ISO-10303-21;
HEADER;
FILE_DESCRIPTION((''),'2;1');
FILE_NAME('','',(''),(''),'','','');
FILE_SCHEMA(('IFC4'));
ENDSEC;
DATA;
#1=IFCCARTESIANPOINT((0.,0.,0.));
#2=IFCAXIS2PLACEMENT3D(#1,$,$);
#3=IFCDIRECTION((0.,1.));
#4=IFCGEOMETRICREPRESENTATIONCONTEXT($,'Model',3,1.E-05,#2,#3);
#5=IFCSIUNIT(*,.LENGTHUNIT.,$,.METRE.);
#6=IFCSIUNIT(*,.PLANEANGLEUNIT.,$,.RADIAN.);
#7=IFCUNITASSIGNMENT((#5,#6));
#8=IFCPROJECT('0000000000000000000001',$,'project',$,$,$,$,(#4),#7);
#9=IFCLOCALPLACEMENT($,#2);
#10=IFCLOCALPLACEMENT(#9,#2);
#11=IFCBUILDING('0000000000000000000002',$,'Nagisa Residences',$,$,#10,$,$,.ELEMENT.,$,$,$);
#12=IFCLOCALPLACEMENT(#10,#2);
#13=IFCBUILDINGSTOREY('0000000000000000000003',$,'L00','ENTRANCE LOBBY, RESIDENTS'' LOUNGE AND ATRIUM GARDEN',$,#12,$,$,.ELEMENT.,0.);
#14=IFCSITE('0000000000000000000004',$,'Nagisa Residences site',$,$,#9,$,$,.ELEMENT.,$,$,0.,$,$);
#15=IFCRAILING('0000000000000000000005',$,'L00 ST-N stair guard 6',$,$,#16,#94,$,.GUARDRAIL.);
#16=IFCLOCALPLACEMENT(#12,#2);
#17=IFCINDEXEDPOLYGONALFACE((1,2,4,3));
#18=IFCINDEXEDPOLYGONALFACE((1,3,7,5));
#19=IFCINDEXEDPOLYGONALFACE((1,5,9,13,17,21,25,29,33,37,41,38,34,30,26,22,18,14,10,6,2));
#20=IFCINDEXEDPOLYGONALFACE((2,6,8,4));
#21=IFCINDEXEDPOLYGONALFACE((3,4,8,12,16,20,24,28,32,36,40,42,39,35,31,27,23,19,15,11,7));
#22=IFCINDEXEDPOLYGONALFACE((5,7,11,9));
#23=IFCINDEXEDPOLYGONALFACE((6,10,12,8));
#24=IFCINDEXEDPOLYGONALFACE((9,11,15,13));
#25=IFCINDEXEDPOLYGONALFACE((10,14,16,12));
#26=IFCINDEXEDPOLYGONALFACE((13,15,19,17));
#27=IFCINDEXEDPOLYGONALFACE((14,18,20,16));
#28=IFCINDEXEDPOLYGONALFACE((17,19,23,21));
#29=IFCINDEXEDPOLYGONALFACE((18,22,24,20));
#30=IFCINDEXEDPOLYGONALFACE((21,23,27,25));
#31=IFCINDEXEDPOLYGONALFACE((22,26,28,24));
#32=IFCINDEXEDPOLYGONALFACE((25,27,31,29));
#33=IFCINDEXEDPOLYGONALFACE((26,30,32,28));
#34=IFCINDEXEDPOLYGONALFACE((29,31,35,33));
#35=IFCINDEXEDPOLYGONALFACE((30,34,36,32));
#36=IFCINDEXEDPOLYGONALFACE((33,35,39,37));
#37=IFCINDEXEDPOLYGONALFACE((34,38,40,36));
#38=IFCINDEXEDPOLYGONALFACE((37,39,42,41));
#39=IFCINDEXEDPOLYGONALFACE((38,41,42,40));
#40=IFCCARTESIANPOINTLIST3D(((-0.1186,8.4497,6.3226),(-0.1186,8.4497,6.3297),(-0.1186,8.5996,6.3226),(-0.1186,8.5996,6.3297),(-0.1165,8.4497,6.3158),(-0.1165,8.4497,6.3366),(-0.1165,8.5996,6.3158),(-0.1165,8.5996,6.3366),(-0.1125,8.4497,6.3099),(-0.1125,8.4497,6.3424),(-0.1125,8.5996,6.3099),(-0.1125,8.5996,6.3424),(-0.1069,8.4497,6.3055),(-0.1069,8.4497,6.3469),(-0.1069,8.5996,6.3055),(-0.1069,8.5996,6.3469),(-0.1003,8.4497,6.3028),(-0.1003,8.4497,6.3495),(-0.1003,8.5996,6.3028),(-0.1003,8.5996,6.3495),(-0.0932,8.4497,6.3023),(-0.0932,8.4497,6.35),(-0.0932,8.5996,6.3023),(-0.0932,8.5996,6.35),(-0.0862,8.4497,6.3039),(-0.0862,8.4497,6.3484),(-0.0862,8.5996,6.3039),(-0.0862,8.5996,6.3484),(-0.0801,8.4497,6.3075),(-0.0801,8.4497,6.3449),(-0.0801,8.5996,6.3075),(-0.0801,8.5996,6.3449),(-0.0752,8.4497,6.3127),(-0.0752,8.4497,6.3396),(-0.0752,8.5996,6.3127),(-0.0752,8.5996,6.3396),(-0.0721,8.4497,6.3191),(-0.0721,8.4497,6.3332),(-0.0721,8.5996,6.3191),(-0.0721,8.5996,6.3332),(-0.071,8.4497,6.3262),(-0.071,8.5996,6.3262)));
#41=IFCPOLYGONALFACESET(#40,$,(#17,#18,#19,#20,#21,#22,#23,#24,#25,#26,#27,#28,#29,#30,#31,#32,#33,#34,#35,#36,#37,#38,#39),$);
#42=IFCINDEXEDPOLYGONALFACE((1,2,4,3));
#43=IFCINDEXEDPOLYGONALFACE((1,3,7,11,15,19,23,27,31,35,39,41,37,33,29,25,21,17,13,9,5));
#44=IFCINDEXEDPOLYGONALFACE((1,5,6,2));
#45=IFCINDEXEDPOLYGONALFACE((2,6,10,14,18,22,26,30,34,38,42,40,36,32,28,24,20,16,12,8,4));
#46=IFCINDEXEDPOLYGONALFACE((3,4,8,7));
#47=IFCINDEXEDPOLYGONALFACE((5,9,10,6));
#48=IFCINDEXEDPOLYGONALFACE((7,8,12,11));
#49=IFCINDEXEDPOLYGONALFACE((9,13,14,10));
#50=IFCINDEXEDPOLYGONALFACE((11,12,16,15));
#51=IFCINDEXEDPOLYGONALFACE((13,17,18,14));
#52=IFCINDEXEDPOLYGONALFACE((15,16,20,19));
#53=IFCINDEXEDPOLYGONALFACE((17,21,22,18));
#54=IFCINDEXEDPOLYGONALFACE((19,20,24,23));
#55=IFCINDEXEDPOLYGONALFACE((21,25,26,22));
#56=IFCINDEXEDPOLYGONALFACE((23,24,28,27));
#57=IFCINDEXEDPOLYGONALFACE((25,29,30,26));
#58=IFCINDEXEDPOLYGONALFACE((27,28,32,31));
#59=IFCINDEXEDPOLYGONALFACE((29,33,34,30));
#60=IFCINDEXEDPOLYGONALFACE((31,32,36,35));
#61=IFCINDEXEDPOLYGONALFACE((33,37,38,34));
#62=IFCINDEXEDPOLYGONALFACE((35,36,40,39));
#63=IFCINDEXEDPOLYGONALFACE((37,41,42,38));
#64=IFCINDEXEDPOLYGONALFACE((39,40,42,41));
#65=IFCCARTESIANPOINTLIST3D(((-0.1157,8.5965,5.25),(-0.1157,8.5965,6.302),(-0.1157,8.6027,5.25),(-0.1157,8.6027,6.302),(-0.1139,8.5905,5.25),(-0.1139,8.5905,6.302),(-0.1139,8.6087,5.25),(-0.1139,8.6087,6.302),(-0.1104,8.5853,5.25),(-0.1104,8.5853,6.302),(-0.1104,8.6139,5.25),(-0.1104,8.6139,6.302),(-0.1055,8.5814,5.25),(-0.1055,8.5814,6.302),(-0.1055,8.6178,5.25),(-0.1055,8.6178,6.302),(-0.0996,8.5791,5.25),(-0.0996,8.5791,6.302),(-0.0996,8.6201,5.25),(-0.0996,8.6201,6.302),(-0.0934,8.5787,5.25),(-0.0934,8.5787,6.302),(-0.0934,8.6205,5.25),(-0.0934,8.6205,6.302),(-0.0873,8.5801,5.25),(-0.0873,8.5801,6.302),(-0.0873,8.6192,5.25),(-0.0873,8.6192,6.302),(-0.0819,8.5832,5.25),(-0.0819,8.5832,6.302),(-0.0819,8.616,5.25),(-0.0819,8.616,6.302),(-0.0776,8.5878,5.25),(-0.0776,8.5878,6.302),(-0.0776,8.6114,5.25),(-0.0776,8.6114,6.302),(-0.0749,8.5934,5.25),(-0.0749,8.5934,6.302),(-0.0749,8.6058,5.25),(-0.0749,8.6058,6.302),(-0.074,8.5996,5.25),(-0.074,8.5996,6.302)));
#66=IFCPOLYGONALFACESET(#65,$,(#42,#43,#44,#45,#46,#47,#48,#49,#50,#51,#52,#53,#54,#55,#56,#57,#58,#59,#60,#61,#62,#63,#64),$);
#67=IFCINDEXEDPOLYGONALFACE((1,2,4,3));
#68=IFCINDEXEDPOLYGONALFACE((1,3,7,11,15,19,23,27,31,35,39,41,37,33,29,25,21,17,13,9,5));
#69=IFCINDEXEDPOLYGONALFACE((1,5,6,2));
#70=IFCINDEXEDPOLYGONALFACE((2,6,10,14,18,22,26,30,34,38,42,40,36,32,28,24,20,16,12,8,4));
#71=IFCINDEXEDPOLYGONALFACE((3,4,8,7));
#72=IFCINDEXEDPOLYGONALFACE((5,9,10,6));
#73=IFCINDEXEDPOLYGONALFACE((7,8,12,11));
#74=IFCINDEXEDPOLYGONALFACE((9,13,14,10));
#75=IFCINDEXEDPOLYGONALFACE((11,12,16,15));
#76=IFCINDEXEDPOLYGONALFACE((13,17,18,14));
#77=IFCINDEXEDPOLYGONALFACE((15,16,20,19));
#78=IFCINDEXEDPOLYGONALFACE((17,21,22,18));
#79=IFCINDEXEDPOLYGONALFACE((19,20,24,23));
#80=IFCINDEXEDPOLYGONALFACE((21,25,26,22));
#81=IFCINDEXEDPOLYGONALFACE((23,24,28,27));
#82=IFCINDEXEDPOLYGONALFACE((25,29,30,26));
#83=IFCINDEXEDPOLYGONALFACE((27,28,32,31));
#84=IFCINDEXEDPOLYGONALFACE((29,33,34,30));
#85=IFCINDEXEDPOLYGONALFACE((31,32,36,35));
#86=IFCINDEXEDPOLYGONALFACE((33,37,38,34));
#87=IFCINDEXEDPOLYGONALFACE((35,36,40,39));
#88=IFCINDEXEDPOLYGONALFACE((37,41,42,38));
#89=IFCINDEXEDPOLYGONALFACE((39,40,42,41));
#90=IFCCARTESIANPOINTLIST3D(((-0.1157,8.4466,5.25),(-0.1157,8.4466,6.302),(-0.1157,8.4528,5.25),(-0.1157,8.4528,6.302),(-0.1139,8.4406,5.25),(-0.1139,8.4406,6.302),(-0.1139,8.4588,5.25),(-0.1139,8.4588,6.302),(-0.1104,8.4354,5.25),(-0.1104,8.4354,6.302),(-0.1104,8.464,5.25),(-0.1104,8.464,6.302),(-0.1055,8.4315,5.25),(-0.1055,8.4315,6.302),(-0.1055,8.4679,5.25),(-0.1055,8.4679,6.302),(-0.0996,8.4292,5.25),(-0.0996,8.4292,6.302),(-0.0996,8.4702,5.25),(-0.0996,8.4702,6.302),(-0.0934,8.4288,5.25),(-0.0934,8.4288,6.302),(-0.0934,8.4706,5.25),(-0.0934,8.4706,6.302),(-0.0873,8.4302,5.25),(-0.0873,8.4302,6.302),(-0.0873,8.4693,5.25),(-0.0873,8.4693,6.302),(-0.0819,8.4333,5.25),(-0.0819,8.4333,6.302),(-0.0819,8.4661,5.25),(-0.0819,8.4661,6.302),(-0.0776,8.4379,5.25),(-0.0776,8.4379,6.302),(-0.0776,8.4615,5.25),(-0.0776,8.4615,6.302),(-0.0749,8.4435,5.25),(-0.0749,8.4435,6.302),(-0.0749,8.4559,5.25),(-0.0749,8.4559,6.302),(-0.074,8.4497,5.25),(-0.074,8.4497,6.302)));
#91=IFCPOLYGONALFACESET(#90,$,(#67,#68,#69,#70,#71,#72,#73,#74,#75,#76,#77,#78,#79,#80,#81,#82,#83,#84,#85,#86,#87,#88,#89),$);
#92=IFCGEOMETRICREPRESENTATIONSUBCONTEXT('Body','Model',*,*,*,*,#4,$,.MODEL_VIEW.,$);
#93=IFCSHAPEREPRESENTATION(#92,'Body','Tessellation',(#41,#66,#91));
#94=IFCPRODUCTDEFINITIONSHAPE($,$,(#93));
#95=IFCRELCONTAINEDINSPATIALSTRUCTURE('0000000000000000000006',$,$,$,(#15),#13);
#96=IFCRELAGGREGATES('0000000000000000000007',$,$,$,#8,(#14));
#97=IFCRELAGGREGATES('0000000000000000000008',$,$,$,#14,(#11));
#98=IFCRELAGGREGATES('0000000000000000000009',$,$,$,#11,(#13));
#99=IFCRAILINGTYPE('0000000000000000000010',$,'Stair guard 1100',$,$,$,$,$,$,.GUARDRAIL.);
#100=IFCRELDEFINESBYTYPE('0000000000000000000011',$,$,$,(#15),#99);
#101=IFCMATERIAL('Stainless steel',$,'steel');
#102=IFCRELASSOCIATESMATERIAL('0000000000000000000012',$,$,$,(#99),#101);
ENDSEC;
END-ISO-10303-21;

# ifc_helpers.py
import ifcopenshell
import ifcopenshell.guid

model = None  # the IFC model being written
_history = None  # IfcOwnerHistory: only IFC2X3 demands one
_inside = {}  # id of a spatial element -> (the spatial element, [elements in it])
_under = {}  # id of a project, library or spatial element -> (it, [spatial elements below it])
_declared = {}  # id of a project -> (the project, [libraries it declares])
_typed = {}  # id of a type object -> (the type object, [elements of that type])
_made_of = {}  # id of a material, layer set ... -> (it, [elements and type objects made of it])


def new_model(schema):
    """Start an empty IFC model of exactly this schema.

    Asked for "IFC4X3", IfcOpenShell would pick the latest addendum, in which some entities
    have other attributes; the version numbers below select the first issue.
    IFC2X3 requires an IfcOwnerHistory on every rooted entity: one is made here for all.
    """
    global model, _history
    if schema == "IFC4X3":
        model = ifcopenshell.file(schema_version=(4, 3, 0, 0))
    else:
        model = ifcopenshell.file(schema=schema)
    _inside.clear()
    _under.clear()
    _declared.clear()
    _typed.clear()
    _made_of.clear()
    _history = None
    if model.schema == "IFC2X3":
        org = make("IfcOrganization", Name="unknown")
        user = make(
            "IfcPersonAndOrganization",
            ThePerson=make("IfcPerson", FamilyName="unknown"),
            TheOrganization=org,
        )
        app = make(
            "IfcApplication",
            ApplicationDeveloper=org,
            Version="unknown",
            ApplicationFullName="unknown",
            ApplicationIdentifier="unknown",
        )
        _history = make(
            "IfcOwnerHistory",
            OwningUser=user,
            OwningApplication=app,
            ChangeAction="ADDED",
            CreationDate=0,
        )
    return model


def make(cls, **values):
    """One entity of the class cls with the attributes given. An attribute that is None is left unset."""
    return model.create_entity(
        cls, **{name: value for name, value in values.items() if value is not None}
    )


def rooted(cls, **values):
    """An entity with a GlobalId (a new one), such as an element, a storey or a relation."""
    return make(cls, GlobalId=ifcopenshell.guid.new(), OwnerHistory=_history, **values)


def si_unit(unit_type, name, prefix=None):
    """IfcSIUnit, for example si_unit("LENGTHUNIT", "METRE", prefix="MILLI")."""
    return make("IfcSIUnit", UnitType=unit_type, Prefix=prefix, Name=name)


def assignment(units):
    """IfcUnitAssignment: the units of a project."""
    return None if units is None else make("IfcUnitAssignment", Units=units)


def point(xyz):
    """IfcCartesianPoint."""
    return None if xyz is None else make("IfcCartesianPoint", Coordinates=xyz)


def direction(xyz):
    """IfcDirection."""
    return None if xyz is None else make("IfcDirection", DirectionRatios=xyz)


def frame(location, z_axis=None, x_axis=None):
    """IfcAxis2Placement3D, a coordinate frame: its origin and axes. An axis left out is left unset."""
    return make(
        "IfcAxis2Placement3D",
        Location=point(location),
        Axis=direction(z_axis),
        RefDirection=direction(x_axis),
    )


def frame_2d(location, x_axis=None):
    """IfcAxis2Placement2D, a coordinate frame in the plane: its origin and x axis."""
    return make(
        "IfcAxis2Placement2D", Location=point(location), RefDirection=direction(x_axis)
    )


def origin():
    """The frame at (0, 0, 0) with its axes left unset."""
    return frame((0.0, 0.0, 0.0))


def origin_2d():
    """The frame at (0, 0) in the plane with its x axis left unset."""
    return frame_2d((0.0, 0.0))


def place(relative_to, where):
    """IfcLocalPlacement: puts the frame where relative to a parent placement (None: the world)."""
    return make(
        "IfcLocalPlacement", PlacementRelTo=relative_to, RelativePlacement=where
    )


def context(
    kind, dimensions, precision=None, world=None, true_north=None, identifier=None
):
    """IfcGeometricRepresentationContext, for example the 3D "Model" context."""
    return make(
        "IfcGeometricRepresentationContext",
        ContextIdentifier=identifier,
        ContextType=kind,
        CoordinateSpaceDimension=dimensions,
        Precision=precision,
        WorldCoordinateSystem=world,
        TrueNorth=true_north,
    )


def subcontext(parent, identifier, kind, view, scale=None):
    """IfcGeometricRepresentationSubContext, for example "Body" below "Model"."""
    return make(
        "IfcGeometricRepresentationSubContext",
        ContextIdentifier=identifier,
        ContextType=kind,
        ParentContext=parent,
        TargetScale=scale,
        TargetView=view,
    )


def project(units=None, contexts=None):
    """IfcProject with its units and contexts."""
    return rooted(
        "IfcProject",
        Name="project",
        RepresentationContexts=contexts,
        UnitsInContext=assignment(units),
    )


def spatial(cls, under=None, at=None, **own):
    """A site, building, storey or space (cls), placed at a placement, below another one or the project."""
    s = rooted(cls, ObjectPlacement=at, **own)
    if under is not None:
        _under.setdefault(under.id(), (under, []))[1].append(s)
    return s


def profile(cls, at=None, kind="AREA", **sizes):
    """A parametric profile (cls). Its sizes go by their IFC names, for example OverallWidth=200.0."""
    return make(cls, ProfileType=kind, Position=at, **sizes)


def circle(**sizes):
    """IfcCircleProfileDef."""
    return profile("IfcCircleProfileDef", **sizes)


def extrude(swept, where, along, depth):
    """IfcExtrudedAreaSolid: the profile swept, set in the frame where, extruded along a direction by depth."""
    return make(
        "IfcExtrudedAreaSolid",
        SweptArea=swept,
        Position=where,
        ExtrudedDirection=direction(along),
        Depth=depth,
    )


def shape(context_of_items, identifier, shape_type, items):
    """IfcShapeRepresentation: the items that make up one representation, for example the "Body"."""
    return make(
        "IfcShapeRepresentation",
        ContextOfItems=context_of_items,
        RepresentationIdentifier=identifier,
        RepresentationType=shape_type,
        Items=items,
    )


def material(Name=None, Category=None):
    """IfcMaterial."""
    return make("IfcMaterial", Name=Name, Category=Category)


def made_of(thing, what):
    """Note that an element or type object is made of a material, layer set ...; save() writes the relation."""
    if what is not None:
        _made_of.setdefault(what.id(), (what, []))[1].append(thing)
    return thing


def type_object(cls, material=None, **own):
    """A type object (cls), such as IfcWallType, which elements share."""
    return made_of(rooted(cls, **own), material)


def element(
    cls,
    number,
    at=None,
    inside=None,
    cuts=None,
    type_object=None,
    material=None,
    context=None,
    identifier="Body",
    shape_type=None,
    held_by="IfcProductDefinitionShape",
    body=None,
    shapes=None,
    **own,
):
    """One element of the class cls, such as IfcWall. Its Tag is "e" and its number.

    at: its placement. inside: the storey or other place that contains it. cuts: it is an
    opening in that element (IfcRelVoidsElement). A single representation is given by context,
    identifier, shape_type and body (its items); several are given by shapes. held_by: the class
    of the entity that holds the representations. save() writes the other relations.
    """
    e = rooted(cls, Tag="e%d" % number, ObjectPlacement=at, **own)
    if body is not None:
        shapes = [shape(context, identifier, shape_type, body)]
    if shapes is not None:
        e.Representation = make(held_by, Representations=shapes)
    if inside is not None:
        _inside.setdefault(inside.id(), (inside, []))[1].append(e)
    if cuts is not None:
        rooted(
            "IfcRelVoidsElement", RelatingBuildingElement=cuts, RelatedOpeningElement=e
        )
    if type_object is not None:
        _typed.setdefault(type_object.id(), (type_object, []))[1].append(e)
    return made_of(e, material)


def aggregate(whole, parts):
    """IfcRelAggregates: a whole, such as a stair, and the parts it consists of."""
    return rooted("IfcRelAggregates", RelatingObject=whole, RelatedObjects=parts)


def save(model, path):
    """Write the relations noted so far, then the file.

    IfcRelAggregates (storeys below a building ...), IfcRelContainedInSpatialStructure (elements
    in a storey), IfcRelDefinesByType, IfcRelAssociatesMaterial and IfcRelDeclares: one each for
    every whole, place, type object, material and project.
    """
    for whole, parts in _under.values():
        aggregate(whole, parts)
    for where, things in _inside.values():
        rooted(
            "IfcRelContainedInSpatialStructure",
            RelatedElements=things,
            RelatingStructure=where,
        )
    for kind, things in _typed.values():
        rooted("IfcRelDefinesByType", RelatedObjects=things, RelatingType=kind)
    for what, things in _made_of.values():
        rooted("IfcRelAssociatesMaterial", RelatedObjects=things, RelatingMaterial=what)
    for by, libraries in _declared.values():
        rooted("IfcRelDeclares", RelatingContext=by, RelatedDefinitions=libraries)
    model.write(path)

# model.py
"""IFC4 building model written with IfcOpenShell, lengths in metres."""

from ifc_helpers import new_model, si_unit, direction, frame, origin, origin_2d, place, context, subcontext, project, spatial, circle, extrude, material, type_object, element, save


model = new_model("IFC4")

# Units and contexts
model_context = context("Model", 3, precision=1e-05, world=origin(), true_north=direction((0.0, 1.0)))
body_context = subcontext(model_context, "Body", "Model", "MODEL_VIEW")
ifc_project = project(units=[si_unit("LENGTHUNIT", "METRE"), si_unit("PLANEANGLEUNIT", "RADIAN")], contexts=[model_context])

# Site, building, storey
site_placement = place(None, origin())
site = spatial("IfcSite", under=ifc_project, at=site_placement, Name="Nagisa Residences site", CompositionType="ELEMENT", RefElevation=0.0)
building_placement = place(site_placement, origin())
building = spatial("IfcBuilding", under=site, at=building_placement, Name="Nagisa Residences", CompositionType="ELEMENT")
storey_placement = place(building_placement, origin())
storey = spatial("IfcBuildingStorey", under=building, at=storey_placement, Name="L00", Description="ENTRANCE LOBBY, RESIDENTS' LOUNGE AND ATRIUM GARDEN", CompositionType="ELEMENT", Elevation=0.0)

# Railing
ifc_material_1 = material(Name="Stainless steel", Category="steel")
railing_type_1 = type_object("IfcRailingType", Name="Stair guard 1100", PredefinedType="GUARDRAIL", material=ifc_material_1)
railing_1_placement = place(storey_placement, frame((-0.095, 8.5996, 5.25)))
element("IfcRailing", 1, at=railing_1_placement, inside=storey, type_object=railing_type_1, Name="L00 ST-N stair guard 6", PredefinedType="GUARDRAIL", context=body_context, shape_type="SweptSolid", body=[
    extrude(circle(Radius=0.0239, at=origin_2d()), frame((0.0, 0.0, 1.0762), z_axis=(0.0, -1.0, 0.0), x_axis=(1.0, 0.0, 0.0)), (0.0, 0.0, 1.0), 0.1499),
    extrude(circle(Radius=0.021, at=origin_2d()), origin(), (0.0, 0.0, 1.0), 1.052),
    extrude(circle(Radius=0.021, at=origin_2d()), frame((0.0, -0.1499, 0.0)), (0.0, 0.0, 1.0), 1.052),
])

save(model, "model.ifc")
